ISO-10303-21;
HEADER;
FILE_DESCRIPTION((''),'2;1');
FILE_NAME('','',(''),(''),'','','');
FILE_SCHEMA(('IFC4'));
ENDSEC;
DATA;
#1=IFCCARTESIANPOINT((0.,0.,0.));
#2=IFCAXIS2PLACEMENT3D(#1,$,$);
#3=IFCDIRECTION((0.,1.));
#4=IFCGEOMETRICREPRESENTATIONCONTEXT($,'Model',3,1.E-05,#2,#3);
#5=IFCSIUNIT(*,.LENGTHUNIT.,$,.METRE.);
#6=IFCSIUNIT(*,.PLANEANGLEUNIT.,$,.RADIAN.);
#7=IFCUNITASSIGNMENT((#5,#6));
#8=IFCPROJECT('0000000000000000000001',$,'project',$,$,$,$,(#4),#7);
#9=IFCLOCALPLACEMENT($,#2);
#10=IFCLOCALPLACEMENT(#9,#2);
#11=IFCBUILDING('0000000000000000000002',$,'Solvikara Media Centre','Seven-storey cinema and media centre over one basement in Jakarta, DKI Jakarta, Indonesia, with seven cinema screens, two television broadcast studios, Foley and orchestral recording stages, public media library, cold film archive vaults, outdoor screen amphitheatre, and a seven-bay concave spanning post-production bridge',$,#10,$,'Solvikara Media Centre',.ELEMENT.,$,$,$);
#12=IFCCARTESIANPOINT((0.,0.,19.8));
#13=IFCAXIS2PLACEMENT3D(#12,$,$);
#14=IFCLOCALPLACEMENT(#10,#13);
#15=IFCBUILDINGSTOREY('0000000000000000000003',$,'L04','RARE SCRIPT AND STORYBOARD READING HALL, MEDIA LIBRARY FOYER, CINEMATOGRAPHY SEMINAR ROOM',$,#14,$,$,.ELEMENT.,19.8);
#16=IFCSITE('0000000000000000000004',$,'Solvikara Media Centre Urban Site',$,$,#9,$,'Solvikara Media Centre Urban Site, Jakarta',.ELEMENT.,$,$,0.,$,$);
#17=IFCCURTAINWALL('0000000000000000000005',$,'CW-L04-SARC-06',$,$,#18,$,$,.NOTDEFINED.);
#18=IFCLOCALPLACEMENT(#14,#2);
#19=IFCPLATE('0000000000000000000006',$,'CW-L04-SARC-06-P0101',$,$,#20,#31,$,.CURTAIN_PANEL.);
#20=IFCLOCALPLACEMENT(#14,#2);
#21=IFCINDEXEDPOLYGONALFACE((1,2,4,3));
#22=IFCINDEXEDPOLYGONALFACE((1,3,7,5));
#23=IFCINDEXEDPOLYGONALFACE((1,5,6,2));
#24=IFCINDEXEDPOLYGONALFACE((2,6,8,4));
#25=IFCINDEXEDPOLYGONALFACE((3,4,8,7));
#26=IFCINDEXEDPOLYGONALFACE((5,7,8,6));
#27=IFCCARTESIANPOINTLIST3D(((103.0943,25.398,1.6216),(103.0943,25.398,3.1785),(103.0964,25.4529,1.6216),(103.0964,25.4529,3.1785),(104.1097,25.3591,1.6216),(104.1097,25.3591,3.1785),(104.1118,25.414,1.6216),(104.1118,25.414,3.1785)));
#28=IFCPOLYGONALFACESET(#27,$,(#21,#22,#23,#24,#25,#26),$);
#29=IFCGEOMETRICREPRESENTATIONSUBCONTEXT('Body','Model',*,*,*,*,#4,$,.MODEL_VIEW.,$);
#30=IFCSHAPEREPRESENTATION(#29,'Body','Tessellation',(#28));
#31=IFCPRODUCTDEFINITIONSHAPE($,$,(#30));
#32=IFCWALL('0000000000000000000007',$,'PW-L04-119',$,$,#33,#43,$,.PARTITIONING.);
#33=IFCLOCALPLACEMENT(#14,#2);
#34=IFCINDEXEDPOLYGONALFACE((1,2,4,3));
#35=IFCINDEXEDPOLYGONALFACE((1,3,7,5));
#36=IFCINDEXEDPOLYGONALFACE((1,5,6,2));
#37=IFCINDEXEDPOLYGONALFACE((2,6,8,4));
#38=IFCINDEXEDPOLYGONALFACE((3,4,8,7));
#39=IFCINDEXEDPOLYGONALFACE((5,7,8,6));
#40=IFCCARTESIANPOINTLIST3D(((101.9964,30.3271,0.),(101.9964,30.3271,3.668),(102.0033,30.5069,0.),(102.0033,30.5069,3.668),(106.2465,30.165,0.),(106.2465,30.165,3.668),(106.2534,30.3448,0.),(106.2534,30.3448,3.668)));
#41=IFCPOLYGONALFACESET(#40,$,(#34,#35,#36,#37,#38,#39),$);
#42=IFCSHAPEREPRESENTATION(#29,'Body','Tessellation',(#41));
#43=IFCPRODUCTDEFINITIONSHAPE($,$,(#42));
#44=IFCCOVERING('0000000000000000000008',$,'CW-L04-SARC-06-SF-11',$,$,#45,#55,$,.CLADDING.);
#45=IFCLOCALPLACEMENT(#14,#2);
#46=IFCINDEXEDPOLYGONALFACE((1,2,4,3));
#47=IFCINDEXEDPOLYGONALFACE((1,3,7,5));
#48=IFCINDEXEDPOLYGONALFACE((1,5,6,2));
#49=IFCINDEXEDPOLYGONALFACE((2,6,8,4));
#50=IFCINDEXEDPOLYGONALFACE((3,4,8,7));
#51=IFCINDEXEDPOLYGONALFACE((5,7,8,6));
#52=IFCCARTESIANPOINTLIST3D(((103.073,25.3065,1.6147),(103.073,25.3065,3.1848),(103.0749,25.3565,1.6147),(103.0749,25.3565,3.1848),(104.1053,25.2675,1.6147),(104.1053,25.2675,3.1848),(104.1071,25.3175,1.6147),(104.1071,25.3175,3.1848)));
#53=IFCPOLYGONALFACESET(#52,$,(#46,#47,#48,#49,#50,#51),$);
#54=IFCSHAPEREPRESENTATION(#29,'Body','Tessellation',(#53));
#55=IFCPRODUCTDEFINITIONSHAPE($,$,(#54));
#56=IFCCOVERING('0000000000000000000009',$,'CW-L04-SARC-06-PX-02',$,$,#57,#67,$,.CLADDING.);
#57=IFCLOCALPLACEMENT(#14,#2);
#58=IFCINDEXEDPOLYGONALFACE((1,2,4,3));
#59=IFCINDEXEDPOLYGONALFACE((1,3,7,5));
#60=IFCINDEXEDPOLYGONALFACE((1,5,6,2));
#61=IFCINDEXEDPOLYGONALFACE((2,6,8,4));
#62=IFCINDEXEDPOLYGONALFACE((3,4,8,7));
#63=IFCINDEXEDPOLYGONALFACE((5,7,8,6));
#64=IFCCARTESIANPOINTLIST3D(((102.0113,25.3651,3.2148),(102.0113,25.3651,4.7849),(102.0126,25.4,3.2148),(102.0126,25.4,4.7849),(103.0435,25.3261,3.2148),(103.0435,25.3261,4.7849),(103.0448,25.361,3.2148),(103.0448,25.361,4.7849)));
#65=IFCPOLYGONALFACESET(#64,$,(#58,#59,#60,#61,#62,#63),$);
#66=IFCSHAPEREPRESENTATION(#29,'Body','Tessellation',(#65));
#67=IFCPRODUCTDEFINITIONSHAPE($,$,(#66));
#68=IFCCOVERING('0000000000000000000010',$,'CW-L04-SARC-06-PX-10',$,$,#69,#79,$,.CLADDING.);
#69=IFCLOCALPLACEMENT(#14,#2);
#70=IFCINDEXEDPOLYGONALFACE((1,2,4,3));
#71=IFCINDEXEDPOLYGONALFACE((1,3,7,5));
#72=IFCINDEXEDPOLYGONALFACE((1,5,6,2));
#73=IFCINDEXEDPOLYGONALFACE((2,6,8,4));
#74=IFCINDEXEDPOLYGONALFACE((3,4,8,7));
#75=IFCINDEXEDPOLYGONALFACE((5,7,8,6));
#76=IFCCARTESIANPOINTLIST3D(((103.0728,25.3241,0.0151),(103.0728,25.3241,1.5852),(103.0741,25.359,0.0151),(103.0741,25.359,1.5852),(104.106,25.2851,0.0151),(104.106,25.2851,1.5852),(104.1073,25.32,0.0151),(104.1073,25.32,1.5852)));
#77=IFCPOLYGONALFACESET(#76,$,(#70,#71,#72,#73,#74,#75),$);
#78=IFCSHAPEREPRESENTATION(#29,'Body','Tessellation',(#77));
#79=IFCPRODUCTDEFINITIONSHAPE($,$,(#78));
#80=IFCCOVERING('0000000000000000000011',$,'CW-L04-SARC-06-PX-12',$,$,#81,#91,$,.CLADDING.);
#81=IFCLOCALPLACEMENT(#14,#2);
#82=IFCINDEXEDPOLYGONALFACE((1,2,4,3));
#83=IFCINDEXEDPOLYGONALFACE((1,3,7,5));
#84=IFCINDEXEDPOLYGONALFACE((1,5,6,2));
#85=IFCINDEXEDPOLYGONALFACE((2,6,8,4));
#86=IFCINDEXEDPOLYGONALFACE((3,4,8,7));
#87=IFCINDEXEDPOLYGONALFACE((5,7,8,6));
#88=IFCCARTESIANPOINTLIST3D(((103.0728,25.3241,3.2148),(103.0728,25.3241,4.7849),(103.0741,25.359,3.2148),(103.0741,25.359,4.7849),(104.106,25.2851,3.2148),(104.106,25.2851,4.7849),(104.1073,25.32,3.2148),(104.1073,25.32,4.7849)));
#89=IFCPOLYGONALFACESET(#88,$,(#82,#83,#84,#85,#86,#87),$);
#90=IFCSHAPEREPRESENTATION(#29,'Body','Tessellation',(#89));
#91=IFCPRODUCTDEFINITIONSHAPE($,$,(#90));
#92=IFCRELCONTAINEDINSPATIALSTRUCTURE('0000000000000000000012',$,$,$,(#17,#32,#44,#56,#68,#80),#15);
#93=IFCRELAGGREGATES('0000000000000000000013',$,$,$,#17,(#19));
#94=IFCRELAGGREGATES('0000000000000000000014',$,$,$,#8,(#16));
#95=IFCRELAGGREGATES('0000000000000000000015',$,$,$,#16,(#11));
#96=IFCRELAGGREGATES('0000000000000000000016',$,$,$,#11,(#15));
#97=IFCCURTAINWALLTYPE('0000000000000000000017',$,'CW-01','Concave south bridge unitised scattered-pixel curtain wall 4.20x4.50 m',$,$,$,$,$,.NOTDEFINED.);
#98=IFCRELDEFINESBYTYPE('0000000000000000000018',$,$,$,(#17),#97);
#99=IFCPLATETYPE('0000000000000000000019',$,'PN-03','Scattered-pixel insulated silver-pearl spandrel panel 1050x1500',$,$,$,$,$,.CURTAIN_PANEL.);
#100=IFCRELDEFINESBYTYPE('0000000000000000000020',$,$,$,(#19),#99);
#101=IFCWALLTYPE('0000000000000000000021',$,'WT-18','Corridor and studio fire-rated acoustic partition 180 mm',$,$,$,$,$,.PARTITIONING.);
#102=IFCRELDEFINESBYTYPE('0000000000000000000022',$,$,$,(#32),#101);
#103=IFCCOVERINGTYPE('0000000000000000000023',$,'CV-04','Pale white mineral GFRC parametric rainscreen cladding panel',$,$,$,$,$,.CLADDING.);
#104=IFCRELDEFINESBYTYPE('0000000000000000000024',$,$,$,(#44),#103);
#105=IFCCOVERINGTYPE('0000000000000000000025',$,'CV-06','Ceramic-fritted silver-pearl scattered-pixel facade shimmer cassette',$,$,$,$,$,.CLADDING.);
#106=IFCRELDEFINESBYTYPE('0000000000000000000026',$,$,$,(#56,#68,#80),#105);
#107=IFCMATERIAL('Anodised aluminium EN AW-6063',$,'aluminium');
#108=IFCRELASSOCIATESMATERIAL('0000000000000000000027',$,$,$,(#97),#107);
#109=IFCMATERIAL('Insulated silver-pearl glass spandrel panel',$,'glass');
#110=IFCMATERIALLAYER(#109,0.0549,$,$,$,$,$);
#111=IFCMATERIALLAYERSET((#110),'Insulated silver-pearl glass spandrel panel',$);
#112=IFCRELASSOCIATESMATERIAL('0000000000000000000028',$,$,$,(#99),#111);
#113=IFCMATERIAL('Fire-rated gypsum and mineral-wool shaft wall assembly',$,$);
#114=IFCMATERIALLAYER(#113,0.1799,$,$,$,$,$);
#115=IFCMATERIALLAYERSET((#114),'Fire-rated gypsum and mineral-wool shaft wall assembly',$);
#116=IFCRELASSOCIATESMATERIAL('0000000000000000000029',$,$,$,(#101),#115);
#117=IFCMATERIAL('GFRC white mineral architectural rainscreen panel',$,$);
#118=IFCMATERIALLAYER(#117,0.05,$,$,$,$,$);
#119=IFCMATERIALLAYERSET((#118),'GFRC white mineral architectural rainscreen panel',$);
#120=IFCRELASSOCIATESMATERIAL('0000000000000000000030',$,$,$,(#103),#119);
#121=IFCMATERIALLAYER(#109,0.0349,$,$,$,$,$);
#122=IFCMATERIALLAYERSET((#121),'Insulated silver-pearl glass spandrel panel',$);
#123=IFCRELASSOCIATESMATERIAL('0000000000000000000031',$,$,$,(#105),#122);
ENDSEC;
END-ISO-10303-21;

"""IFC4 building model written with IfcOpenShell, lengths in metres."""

from ifc_helpers import new_model, si_unit, direction, frame, frame_2d, origin, origin_2d, place, context, subcontext, project, spatial, rectangle, extrude, material, layer, layer_set, type_object, element, aggregate, save


model = new_model("IFC4")

# Units and contexts
model_context = context("Model", 3, precision=1e-05, world=origin(), true_north=direction((0.0, 1.0)))
body_context = subcontext(model_context, "Body", "Model", "MODEL_VIEW")
ifc_project = project(units=[si_unit("LENGTHUNIT", "METRE"), si_unit("PLANEANGLEUNIT", "RADIAN")], contexts=[model_context])

# Site, building, storey
site_placement = place(None, origin())
site = spatial("IfcSite", under=ifc_project, at=site_placement, Name="Solvikara Media Centre Urban Site", LongName="Solvikara Media Centre Urban Site, Jakarta", CompositionType="ELEMENT", RefElevation=0.0)
building_placement = place(site_placement, origin())
building = spatial("IfcBuilding", under=site, at=building_placement, Name="Solvikara Media Centre", Description="Seven-storey cinema and media centre over one basement in Jakarta, DKI Jakarta, Indonesia, with seven cinema screens, two television broadcast studios, Foley and orchestral recording stages, public media library, cold film archive vaults, outdoor screen amphitheatre, and a seven-bay concave spanning post-production bridge", LongName="Solvikara Media Centre", CompositionType="ELEMENT")
storey_placement = place(building_placement, frame((0.0, 0.0, 19.8)))
storey = spatial("IfcBuildingStorey", under=building, at=storey_placement, Name="L04", Description="RARE SCRIPT AND STORYBOARD READING HALL, MEDIA LIBRARY FOYER, CINEMATOGRAPHY SEMINAR ROOM", CompositionType="ELEMENT", Elevation=19.8)

# Shared definitions
ifc_material_1 = material(Name="Anodised aluminium EN AW-6063", Category="aluminium")
curtain_wall_type = type_object("IfcCurtainWallType", Name="CW-01", Description="Concave south bridge unitised scattered-pixel curtain wall 4.20x4.50 m", PredefinedType="NOTDEFINED", material=ifc_material_1)

# Curtain wall
curtain_wall_1_placement = place(storey_placement, origin())
curtain_wall_1 = element("IfcCurtainWall", 1, at=curtain_wall_1_placement, inside=storey, type_object=curtain_wall_type, Name="CW-L04-SARC-06", PredefinedType="NOTDEFINED")

# Plate
ifc_material_2 = material(Name="Insulated silver-pearl glass spandrel panel", Category="glass")
ifc_layer_1 = layer(ifc_material_2, 0.0549)
ifc_layer_set_1 = layer_set([ifc_layer_1], Name="Insulated silver-pearl glass spandrel panel")
plate_type_1 = type_object("IfcPlateType", Name="PN-03", Description="Scattered-pixel insulated silver-pearl spandrel panel 1050x1500", PredefinedType="CURTAIN_PANEL", material=ifc_layer_set_1)
plate_1_placement = place(storey_placement, frame((103.603, 25.406, 1.6216), z_axis=(0.0, 0.0, 1.0), x_axis=(0.999268, -0.038248, 0.0)))
plate_1 = element("IfcPlate", 2, at=plate_1_placement, type_object=plate_type_1, Name="CW-L04-SARC-06-P0101", PredefinedType="CURTAIN_PANEL", context=body_context, shape_type="SweptSolid", body=[
    extrude(rectangle(XDim=1.0161, YDim=0.0549, at=origin_2d()), origin(), (0.0, 0.0, 1.0), 1.5569),
])
aggregate(curtain_wall_1, [plate_1])

# Wall
ifc_material_3 = material(Name="Fire-rated gypsum and mineral-wool shaft wall assembly")
ifc_layer_2 = layer(ifc_material_3, 0.1799)
ifc_layer_set_2 = layer_set([ifc_layer_2], Name="Fire-rated gypsum and mineral-wool shaft wall assembly")
wall_type = type_object("IfcWallType", Name="WT-18", Description="Corridor and studio fire-rated acoustic partition 180 mm", PredefinedType="PARTITIONING", material=ifc_layer_set_2)
wall_placement = place(storey_placement, frame((102.0, 30.417, 0.0), z_axis=(0.0, 0.0, 1.0), x_axis=(0.999273, -0.038116, 0.0)))
element("IfcWall", 3, at=wall_placement, inside=storey, type_object=wall_type, Name="PW-L04-119", PredefinedType="PARTITIONING", context=body_context, shape_type="SweptSolid", body=[
    extrude(rectangle(XDim=4.2532, YDim=0.1799, at=frame_2d((2.1265, 0.0))), origin(), (0.0, 0.0, 1.0), 3.668),
])

# Coverings
ifc_material_4 = material(Name="GFRC white mineral architectural rainscreen panel")
ifc_layer_3 = layer(ifc_material_4, 0.05)
ifc_layer_set_3 = layer_set([ifc_layer_3], Name="GFRC white mineral architectural rainscreen panel")
covering_type_1 = type_object("IfcCoveringType", Name="CV-04", Description="Pale white mineral GFRC parametric rainscreen cladding panel", PredefinedType="CLADDING", material=ifc_layer_set_3)
covering_1_placement = place(storey_placement, frame((103.5901, 25.312, 1.6147), z_axis=(0.0, 0.0, 1.0), x_axis=(0.999287, -0.03776, 0.0)))
element("IfcCovering", 4, at=covering_1_placement, inside=storey, type_object=covering_type_1, Name="CW-L04-SARC-06-SF-11", PredefinedType="CLADDING", context=body_context, shape_type="SweptSolid", body=[
    extrude(rectangle(XDim=1.033, YDim=0.05, at=origin_2d()), origin(), (0.0, 0.0, 1.0), 1.5701),
])
ifc_layer_4 = layer(ifc_material_2, 0.0349)
ifc_layer_set_4 = layer_set([ifc_layer_4], Name="Insulated silver-pearl glass spandrel panel")
covering_type_2 = type_object("IfcCoveringType", Name="CV-06", Description="Ceramic-fritted silver-pearl scattered-pixel facade shimmer cassette", PredefinedType="CLADDING", material=ifc_layer_set_4)
covering_2_placement = place(storey_placement, frame((102.5281, 25.363, 3.2148), z_axis=(0.0, 0.0, 1.0), x_axis=(0.999287, -0.03776, 0.0)))
element("IfcCovering", 5, at=covering_2_placement, inside=storey, type_object=covering_type_2, Name="CW-L04-SARC-06-PX-02", PredefinedType="CLADDING", context=body_context, shape_type="SweptSolid", body=[
    extrude(rectangle(XDim=1.033, YDim=0.0349, at=origin_2d()), origin(), (0.0, 0.0, 1.0), 1.5701),
])
for number, where, z_axis, x_axis, name in (
    (6, (103.5901, 25.322, 0.0151), (0.0, 0.0, 1.0), (0.999288, -0.037725, 0.0), "CW-L04-SARC-06-PX-10"),
    (7, (103.5901, 25.322, 3.2148), (0.0, 0.0, 1.0), (0.999288, -0.037725, 0.0), "CW-L04-SARC-06-PX-12"),
):
    element("IfcCovering", number, at=place(storey_placement, frame(where, z_axis=z_axis, x_axis=x_axis)), inside=storey, type_object=covering_type_2, Name=name, PredefinedType="CLADDING", context=body_context, shape_type="SweptSolid", body=[
        extrude(rectangle(XDim=1.0339, YDim=0.0349, at=origin_2d()), origin(), (0.0, 0.0, 1.0), 1.5701),
    ])

save(model, "model.ifc")
